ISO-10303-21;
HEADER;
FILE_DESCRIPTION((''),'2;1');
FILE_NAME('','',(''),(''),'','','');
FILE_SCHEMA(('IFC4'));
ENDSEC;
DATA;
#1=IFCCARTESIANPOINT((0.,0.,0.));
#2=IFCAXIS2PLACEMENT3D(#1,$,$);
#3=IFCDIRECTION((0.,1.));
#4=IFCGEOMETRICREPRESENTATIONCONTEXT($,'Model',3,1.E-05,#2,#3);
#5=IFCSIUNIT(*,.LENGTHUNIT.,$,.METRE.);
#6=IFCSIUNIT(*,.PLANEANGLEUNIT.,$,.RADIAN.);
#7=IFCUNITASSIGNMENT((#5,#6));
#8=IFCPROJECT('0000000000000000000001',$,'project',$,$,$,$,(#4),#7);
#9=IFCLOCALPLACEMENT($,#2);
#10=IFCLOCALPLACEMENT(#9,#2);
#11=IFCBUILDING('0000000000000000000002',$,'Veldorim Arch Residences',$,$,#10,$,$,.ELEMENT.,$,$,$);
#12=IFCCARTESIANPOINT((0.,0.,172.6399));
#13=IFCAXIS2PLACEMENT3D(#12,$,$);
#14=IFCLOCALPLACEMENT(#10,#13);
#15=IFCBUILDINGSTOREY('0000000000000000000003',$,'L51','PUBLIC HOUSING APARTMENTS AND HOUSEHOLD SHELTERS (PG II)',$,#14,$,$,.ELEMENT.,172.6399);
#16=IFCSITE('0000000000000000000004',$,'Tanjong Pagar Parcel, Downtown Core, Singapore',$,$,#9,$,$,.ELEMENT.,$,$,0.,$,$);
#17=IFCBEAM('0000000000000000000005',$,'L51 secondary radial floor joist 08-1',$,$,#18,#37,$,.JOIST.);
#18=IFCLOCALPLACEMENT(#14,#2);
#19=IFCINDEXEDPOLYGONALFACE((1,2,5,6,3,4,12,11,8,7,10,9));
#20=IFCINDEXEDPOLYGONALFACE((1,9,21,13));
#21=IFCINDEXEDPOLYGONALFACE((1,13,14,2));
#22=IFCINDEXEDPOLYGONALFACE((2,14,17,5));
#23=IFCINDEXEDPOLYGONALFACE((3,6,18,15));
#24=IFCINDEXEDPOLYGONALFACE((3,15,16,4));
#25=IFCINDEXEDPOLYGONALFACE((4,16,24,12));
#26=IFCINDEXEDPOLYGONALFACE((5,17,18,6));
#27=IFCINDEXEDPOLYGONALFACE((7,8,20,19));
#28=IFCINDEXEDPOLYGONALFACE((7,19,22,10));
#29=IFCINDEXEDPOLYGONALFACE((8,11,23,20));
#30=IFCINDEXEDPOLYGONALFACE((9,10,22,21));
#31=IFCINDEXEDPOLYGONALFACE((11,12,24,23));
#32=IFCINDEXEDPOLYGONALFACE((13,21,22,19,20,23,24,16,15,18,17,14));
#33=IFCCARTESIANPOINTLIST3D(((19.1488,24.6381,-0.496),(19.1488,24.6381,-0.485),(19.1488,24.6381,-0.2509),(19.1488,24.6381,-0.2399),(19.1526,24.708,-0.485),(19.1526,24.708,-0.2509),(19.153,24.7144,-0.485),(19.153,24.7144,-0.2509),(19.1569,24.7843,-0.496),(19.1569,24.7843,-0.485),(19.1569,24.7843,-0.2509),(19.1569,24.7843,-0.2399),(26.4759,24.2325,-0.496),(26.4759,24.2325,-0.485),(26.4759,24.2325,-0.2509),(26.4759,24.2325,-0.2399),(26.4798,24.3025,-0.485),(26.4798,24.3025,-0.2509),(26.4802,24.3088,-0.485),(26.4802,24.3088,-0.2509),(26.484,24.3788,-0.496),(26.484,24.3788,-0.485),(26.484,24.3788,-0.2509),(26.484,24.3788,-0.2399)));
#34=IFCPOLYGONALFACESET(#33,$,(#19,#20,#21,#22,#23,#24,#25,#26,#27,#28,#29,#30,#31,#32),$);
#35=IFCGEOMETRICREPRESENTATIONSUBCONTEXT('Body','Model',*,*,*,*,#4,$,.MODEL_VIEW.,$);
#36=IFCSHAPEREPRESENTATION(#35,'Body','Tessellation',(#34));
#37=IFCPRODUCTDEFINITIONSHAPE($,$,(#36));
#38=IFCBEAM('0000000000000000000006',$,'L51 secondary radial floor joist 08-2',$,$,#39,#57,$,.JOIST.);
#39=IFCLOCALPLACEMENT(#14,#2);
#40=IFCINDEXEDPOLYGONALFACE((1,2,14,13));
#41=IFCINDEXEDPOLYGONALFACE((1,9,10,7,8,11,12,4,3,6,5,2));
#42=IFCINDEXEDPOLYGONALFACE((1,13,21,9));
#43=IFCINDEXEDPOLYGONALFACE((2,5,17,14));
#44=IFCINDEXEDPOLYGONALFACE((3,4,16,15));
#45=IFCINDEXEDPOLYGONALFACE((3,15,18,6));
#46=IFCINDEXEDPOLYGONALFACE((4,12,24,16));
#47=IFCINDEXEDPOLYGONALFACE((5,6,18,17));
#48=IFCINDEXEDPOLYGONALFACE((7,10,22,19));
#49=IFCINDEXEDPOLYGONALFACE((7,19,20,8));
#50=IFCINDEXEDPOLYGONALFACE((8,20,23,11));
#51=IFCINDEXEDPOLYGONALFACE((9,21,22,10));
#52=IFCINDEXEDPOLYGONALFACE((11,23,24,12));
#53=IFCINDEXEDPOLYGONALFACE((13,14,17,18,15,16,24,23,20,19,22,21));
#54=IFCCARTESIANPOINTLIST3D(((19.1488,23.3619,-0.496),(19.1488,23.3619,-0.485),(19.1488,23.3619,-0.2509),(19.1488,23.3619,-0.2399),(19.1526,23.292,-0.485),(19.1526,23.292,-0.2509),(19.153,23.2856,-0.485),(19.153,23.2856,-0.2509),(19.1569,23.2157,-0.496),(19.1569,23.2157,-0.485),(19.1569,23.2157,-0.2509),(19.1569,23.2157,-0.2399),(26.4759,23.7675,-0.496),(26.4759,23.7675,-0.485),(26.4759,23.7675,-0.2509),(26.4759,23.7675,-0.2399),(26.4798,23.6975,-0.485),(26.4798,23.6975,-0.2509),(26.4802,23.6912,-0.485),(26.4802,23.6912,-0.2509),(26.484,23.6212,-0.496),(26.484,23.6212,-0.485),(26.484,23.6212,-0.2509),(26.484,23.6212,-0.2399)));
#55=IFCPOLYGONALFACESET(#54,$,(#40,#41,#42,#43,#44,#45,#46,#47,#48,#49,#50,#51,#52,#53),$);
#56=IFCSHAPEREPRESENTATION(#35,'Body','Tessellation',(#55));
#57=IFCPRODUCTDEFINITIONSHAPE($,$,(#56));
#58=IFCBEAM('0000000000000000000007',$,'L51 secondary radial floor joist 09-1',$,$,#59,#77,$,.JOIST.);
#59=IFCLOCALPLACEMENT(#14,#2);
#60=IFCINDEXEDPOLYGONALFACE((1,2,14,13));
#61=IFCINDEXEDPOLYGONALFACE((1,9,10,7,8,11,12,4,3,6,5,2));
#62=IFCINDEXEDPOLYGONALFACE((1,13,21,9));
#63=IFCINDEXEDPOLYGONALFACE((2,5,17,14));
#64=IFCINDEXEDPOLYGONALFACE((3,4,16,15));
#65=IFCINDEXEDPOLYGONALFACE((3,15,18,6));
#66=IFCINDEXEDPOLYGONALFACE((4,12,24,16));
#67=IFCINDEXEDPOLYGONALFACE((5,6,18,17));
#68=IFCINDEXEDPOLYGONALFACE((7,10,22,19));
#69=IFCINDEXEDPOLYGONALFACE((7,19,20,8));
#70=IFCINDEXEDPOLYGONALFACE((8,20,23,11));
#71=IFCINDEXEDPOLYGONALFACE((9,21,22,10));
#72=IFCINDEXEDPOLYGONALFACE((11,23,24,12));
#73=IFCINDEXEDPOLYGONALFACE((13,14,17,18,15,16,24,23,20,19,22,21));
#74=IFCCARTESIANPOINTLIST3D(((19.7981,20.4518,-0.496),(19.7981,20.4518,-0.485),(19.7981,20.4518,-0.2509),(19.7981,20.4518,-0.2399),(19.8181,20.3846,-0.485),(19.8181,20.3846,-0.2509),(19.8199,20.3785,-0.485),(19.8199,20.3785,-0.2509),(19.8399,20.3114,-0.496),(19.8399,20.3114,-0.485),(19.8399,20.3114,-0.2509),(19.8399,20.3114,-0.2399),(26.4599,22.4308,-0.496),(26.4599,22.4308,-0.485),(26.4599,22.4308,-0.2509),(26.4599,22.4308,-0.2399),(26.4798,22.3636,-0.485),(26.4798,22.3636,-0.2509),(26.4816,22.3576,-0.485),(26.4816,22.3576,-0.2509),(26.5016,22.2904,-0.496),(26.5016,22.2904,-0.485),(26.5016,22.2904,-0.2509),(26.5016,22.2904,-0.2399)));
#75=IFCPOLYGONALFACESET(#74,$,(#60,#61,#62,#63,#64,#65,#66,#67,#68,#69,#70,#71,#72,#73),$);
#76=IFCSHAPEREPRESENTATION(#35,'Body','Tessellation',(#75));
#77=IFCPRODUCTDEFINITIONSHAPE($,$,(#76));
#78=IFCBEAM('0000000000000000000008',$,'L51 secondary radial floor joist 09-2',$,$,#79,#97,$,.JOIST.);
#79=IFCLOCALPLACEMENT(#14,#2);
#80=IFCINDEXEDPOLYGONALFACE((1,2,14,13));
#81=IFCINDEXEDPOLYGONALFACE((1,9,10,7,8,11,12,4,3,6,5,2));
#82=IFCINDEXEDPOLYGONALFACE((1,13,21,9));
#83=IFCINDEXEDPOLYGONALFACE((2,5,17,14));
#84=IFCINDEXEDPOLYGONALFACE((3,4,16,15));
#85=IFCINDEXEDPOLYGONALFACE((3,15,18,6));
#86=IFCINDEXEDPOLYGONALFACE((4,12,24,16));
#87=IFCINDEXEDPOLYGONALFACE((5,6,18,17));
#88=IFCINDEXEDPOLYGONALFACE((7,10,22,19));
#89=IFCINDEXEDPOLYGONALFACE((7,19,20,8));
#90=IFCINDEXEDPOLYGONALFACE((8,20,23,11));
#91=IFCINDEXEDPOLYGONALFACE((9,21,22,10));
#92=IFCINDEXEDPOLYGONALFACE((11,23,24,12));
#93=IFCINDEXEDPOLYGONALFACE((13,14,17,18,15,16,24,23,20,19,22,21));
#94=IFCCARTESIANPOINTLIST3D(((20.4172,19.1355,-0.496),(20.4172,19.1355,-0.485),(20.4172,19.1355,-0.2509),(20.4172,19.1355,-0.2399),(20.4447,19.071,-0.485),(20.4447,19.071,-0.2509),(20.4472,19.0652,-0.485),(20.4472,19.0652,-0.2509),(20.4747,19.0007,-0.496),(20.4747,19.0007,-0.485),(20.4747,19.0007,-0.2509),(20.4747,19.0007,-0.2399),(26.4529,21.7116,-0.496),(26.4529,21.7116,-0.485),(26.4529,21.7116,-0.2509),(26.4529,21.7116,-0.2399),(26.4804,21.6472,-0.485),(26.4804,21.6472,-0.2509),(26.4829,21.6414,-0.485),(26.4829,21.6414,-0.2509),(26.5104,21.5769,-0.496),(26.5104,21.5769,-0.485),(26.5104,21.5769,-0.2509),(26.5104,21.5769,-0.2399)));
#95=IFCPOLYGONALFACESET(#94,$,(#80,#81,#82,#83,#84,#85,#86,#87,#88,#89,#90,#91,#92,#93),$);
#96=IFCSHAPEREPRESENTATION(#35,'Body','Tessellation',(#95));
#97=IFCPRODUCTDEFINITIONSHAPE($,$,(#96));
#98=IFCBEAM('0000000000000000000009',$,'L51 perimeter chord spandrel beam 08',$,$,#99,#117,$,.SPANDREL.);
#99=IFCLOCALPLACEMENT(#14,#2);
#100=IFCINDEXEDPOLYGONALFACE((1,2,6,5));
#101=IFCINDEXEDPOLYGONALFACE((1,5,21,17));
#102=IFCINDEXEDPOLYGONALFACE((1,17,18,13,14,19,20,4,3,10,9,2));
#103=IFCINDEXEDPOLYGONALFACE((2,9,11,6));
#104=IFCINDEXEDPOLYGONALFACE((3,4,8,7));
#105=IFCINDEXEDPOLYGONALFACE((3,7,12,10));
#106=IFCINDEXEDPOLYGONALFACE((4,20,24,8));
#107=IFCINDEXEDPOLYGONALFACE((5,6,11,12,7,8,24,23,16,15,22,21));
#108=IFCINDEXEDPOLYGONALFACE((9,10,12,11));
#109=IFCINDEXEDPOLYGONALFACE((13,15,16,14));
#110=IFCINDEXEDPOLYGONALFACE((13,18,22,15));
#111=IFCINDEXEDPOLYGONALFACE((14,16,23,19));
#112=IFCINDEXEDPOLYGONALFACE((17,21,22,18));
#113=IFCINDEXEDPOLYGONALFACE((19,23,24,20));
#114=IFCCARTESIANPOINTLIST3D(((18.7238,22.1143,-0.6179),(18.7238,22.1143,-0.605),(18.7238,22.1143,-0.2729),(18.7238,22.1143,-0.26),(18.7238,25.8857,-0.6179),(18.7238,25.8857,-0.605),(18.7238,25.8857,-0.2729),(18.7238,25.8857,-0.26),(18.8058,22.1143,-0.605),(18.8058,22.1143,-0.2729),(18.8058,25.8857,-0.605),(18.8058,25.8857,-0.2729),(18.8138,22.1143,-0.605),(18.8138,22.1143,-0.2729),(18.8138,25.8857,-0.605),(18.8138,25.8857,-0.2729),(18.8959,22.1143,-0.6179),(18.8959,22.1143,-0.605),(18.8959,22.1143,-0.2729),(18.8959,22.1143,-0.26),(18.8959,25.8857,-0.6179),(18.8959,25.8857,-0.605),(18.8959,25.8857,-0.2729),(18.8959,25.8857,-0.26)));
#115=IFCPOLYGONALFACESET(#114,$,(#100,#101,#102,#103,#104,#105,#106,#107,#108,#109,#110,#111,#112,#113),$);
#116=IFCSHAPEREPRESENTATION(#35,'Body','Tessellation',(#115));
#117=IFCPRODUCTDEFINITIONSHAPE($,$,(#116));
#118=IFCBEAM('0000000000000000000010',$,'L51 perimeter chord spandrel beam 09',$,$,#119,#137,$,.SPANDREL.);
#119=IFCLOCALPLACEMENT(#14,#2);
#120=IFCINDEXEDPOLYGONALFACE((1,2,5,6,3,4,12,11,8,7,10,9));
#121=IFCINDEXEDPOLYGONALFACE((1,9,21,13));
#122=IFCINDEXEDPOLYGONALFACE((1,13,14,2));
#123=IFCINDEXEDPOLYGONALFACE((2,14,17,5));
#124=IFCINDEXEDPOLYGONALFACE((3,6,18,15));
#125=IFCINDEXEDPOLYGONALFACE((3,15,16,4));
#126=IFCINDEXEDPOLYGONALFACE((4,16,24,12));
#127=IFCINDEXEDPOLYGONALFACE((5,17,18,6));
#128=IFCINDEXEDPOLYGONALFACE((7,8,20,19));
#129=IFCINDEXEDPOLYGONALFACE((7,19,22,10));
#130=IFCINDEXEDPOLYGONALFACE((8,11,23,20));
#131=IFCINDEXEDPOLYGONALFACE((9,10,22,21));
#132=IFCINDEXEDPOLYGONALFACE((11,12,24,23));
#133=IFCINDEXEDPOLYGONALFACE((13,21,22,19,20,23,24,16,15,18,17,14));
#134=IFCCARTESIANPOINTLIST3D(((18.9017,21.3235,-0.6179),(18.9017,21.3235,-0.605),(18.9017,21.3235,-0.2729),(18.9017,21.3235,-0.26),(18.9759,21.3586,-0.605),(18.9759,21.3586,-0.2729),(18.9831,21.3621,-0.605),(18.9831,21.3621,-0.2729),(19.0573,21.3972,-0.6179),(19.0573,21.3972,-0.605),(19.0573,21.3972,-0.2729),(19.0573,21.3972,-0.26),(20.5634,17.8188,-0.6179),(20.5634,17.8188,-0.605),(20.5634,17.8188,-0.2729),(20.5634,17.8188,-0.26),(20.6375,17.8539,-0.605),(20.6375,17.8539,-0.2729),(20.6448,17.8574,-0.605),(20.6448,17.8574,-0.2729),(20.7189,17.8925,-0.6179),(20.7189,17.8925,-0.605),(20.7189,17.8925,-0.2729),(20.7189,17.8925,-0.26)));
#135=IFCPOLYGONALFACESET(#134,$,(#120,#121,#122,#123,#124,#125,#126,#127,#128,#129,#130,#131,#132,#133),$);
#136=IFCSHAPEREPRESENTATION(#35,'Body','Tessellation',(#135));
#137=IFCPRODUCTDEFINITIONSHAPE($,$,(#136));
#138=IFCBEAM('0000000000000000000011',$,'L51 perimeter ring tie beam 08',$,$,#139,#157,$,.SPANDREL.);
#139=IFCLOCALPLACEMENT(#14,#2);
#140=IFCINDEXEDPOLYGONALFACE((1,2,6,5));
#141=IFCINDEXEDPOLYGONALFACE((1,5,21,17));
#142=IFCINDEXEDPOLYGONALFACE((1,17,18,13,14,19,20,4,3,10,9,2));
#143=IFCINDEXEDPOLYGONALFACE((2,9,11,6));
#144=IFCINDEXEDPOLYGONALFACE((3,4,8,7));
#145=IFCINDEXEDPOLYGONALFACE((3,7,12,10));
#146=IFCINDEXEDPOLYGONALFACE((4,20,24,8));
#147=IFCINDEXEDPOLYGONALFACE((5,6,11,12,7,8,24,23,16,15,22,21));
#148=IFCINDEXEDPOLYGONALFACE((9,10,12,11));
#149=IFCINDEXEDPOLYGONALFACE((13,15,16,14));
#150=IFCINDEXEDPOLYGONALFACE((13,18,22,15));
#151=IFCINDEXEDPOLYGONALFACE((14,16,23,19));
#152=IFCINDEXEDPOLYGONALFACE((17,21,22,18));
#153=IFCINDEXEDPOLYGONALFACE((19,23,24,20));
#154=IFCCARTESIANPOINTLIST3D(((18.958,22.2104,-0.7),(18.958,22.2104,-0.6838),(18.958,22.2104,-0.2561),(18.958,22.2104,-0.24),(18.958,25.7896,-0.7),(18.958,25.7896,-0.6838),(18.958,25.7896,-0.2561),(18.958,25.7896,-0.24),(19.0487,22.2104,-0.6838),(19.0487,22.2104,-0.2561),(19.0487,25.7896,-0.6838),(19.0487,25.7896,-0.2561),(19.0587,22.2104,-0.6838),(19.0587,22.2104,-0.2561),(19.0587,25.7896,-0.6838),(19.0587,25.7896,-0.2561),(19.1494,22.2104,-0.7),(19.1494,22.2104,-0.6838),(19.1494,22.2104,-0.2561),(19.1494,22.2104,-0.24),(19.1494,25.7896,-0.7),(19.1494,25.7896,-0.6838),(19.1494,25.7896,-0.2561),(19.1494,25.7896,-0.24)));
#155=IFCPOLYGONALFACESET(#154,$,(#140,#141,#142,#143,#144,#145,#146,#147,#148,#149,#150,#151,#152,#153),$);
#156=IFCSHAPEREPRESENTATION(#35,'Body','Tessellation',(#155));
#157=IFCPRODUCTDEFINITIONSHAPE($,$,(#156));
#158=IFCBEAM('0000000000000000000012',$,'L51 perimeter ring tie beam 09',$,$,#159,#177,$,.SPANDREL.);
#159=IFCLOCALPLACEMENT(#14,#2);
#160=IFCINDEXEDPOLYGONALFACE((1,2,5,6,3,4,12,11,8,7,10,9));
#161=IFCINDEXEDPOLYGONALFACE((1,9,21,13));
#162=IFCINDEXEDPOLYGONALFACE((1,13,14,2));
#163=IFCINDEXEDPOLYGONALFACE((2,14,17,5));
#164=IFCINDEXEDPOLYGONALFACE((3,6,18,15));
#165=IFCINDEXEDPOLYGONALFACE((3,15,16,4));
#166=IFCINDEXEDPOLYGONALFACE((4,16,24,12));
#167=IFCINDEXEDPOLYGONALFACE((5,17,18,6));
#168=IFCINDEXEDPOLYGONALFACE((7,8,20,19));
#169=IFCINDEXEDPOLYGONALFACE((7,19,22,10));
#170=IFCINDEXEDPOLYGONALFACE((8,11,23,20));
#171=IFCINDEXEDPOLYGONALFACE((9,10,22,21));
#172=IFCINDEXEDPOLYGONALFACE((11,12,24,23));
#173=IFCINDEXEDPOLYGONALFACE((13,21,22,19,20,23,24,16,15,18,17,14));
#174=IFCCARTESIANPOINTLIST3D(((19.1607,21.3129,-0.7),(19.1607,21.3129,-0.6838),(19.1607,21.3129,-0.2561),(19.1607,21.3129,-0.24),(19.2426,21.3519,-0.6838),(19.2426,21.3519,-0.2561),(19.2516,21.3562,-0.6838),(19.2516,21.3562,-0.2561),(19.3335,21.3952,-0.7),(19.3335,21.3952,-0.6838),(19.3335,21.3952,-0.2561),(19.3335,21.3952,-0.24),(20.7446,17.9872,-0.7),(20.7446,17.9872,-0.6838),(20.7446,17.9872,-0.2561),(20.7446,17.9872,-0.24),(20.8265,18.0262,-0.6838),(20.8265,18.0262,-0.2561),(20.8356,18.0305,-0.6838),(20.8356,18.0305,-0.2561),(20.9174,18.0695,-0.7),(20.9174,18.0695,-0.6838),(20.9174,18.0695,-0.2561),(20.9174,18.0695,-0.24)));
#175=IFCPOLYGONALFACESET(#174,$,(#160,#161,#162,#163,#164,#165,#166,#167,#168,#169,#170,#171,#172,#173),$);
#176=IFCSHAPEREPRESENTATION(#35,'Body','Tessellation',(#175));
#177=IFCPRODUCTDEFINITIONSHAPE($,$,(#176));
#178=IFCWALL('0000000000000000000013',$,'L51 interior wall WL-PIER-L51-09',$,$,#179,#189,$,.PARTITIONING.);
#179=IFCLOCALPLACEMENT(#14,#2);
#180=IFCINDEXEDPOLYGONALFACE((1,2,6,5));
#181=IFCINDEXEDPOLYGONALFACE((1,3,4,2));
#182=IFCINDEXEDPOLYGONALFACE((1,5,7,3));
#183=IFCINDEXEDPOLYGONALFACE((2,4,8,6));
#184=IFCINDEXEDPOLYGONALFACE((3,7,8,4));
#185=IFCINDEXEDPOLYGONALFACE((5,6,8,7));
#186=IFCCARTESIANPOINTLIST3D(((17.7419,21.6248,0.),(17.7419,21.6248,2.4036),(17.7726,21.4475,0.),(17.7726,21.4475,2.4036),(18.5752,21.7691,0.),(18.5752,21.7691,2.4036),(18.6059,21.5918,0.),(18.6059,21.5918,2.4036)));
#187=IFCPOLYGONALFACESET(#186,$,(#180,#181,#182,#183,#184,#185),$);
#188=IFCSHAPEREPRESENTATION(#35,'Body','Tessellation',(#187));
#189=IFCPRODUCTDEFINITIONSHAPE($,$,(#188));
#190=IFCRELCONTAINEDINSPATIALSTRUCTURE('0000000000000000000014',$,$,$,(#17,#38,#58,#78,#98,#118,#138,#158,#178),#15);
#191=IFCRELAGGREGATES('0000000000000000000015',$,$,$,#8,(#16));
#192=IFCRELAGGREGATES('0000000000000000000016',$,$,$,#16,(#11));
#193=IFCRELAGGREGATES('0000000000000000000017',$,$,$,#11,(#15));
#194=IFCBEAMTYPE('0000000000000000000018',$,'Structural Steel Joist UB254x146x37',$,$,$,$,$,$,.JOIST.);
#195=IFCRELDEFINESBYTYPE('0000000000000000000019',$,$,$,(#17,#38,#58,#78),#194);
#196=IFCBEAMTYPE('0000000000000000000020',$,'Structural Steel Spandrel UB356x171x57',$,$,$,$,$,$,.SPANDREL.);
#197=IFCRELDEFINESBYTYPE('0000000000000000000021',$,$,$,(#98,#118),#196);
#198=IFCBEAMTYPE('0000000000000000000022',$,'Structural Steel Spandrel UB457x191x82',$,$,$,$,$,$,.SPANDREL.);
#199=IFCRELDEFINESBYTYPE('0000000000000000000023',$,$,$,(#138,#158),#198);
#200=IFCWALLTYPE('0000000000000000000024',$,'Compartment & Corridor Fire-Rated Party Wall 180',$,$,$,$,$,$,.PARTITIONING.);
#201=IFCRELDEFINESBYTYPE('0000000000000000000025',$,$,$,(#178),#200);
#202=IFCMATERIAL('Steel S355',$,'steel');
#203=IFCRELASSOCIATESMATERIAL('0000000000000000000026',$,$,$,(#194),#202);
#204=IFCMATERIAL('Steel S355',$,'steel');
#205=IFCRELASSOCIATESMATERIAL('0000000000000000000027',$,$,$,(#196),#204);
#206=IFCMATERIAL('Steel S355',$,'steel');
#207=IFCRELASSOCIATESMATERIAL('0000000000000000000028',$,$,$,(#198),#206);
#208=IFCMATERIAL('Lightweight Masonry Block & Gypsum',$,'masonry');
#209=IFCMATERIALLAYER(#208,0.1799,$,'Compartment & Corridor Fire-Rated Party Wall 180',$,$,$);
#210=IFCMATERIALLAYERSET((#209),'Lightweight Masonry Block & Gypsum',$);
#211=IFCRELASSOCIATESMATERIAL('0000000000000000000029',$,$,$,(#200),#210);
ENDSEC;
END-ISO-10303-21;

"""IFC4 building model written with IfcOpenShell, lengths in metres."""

from ifc_helpers import new_model, si_unit, direction, frame, frame_2d, origin, origin_2d, place, context, subcontext, project, spatial, rectangle, i_section, extrude, material, layer, layer_set, material_profile, profile_set, type_object, element, save


model = new_model("IFC4")

# Units and contexts
model_context = context("Model", 3, precision=1e-05, world=origin(), true_north=direction((0.0, 1.0)))
body_context = subcontext(model_context, "Body", "Model", "MODEL_VIEW")
ifc_project = project(units=[si_unit("LENGTHUNIT", "METRE"), si_unit("PLANEANGLEUNIT", "RADIAN")], contexts=[model_context])

# Site, building, storey
site_placement = place(None, origin())
site = spatial("IfcSite", under=ifc_project, at=site_placement, Name="Tanjong Pagar Parcel, Downtown Core, Singapore", CompositionType="ELEMENT", RefElevation=0.0)
building_placement = place(site_placement, origin())
building = spatial("IfcBuilding", under=site, at=building_placement, Name="Veldorim Arch Residences", CompositionType="ELEMENT")
storey_placement = place(building_placement, frame((0.0, 0.0, 172.6399)))
storey = spatial("IfcBuildingStorey", under=building, at=storey_placement, Name="L51", Description="PUBLIC HOUSING APARTMENTS AND HOUSEHOLD SHELTERS (PG II)", CompositionType="ELEMENT", Elevation=172.6399)

# Beams
ifc_material_1 = material(Name="Steel S355", Category="steel")
ifc_material_profile_1 = material_profile(ifc_material_1, i_section(OverallWidth=0.1465, OverallDepth=0.2561, WebThickness=0.0063, FlangeThickness=0.011, at=origin_2d()), Name="UB254x146x37")
ifc_profile_set_1 = profile_set([ifc_material_profile_1], Name="Steel S355")
beam_type_1 = type_object("IfcBeamType", Name="Structural Steel Joist UB254x146x37", PredefinedType="JOIST", material=ifc_profile_set_1)
for number, where, z_axis, x_axis, name in (
    (1, (26.48, 24.3057, -0.3679), (-0.998472, 0.05526, 0.0), (-0.05526, -0.998472, 0.0), "L51 secondary radial floor joist 08-1"),
    (2, (26.48, 23.6943, -0.3679), (-0.998472, -0.05526, 0.0), (0.05526, -0.998472, 0.0), "L51 secondary radial floor joist 08-2"),
):
    element("IfcBeam", number, at=place(storey_placement, frame(where, z_axis=z_axis, x_axis=x_axis)), inside=storey, type_object=beam_type_1, Name=name, PredefinedType="JOIST", context=body_context, shape_type="SweptSolid", body=[
        extrude(i_section(OverallWidth=0.1465, OverallDepth=0.2561, WebThickness=0.0063, FlangeThickness=0.011, at=origin_2d()), origin(), (0.0, 0.0, 1.0), 7.3384),
    ])
beam_1_placement = place(storey_placement, frame((26.4807, 22.3606, -0.3679), z_axis=(-0.958594, -0.284775, 0.0), x_axis=(0.284775, -0.958594, 0.0)))
element("IfcBeam", 3, at=beam_1_placement, inside=storey, type_object=beam_type_1, Name="L51 secondary radial floor joist 09-1", PredefinedType="JOIST", context=body_context, shape_type="SweptSolid", body=[
    extrude(i_section(OverallWidth=0.1465, OverallDepth=0.2561, WebThickness=0.0063, FlangeThickness=0.011, at=origin_2d()), origin(), (0.0, 0.0, 1.0), 6.9495),
])
beam_2_placement = place(storey_placement, frame((26.4817, 21.6443, -0.3679), z_axis=(-0.919725, -0.392563, 0.0), x_axis=(0.392563, -0.919725, 0.0)))
element("IfcBeam", 4, at=beam_2_placement, inside=storey, type_object=beam_type_1, Name="L51 secondary radial floor joist 09-2", PredefinedType="JOIST", context=body_context, shape_type="SweptSolid", body=[
    extrude(i_section(OverallWidth=0.1465, OverallDepth=0.2561, WebThickness=0.0063, FlangeThickness=0.011, at=origin_2d()), origin(), (0.0, 0.0, 1.0), 6.5625),
])
ifc_material_2 = material(Name="Steel S355", Category="steel")
ifc_material_profile_2 = material_profile(ifc_material_2, i_section(OverallWidth=0.1721, OverallDepth=0.3579, WebThickness=0.0081, FlangeThickness=0.0129, at=origin_2d()), Name="UB356x171x57")
ifc_profile_set_2 = profile_set([ifc_material_profile_2], Name="Steel S355")
beam_type_2 = type_object("IfcBeamType", Name="Structural Steel Spandrel UB356x171x57", PredefinedType="SPANDREL", material=ifc_profile_set_2)
beam_3_placement = place(storey_placement, frame((18.8098, 25.8857, -0.439), z_axis=(0.0, -1.0, 0.0), x_axis=(1.0, 0.0, 0.0)))
element("IfcBeam", 5, at=beam_3_placement, inside=storey, type_object=beam_type_2, Name="L51 perimeter chord spandrel beam 08", PredefinedType="SPANDREL", context=body_context, shape_type="SweptSolid", body=[
    extrude(i_section(OverallWidth=0.1721, OverallDepth=0.3579, WebThickness=0.0081, FlangeThickness=0.0129, at=origin_2d()), origin(), (0.0, 0.0, 1.0), 3.7715),
])
beam_4_placement = place(storey_placement, frame((18.9795, 21.3604, -0.439), z_axis=(0.428408, -0.903585, 0.0), x_axis=(0.903585, 0.428408, 0.0)))
element("IfcBeam", 6, at=beam_4_placement, inside=storey, type_object=beam_type_2, Name="L51 perimeter chord spandrel beam 09", PredefinedType="SPANDREL", context=body_context, shape_type="SweptSolid", body=[
    extrude(i_section(OverallWidth=0.1721, OverallDepth=0.3579, WebThickness=0.0081, FlangeThickness=0.0129, at=origin_2d()), origin(), (0.0, 0.0, 1.0), 3.8787),
])
ifc_material_3 = material(Name="Steel S355", Category="steel")
ifc_material_profile_3 = material_profile(ifc_material_3, i_section(OverallWidth=0.1914, OverallDepth=0.46, WebThickness=0.01, FlangeThickness=0.0161, at=origin_2d()), Name="UB457x191x82")
ifc_profile_set_3 = profile_set([ifc_material_profile_3], Name="Steel S355")
beam_type_3 = type_object("IfcBeamType", Name="Structural Steel Spandrel UB457x191x82", PredefinedType="SPANDREL", material=ifc_profile_set_3)
beam_5_placement = place(storey_placement, frame((19.0537, 25.7896, -0.47), z_axis=(0.0, -1.0, 0.0), x_axis=(1.0, 0.0, 0.0)))
element("IfcBeam", 7, at=beam_5_placement, inside=storey, type_object=beam_type_3, Name="L51 perimeter ring tie beam 08", PredefinedType="SPANDREL", context=body_context, shape_type="SweptSolid", body=[
    extrude(i_section(OverallWidth=0.1914, OverallDepth=0.46, WebThickness=0.01, FlangeThickness=0.0161, at=origin_2d()), origin(), (0.0, 0.0, 1.0), 3.5791),
])
beam_6_placement = place(storey_placement, frame((19.2471, 21.354, -0.47), z_axis=(0.430006, -0.902826, 0.0), x_axis=(0.902826, 0.430006, 0.0)))
element("IfcBeam", 8, at=beam_6_placement, inside=storey, type_object=beam_type_3, Name="L51 perimeter ring tie beam 09", PredefinedType="SPANDREL", context=body_context, shape_type="SweptSolid", body=[
    extrude(i_section(OverallWidth=0.1914, OverallDepth=0.46, WebThickness=0.01, FlangeThickness=0.0161, at=origin_2d()), origin(), (0.0, 0.0, 1.0), 3.6836),
])

# Wall
ifc_material_4 = material(Name="Lightweight Masonry Block & Gypsum", Category="masonry")
ifc_layer_1 = layer(ifc_material_4, 0.1799, Name="Compartment & Corridor Fire-Rated Party Wall 180")
ifc_layer_set_1 = layer_set([ifc_layer_1], Name="Lightweight Masonry Block & Gypsum")
wall_type_1 = type_object("IfcWallType", Name="Compartment & Corridor Fire-Rated Party Wall 180", PredefinedType="PARTITIONING", material=ifc_layer_set_1)
wall_1_placement = place(storey_placement, frame((18.5906, 21.6804, 0.0), z_axis=(0.0, 0.0, 1.0), x_axis=(-0.985337, -0.170622, 0.0)))
element("IfcWall", 9, at=wall_1_placement, inside=storey, type_object=wall_type_1, Name="L51 interior wall WL-PIER-L51-09", PredefinedType="PARTITIONING", context=body_context, shape_type="SweptSolid", body=[
    extrude(rectangle(XDim=0.8457, YDim=0.1799, at=frame_2d((0.4229, 0.0))), origin(), (0.0, 0.0, 1.0), 2.4036),
])

save(model, "model.ifc")
